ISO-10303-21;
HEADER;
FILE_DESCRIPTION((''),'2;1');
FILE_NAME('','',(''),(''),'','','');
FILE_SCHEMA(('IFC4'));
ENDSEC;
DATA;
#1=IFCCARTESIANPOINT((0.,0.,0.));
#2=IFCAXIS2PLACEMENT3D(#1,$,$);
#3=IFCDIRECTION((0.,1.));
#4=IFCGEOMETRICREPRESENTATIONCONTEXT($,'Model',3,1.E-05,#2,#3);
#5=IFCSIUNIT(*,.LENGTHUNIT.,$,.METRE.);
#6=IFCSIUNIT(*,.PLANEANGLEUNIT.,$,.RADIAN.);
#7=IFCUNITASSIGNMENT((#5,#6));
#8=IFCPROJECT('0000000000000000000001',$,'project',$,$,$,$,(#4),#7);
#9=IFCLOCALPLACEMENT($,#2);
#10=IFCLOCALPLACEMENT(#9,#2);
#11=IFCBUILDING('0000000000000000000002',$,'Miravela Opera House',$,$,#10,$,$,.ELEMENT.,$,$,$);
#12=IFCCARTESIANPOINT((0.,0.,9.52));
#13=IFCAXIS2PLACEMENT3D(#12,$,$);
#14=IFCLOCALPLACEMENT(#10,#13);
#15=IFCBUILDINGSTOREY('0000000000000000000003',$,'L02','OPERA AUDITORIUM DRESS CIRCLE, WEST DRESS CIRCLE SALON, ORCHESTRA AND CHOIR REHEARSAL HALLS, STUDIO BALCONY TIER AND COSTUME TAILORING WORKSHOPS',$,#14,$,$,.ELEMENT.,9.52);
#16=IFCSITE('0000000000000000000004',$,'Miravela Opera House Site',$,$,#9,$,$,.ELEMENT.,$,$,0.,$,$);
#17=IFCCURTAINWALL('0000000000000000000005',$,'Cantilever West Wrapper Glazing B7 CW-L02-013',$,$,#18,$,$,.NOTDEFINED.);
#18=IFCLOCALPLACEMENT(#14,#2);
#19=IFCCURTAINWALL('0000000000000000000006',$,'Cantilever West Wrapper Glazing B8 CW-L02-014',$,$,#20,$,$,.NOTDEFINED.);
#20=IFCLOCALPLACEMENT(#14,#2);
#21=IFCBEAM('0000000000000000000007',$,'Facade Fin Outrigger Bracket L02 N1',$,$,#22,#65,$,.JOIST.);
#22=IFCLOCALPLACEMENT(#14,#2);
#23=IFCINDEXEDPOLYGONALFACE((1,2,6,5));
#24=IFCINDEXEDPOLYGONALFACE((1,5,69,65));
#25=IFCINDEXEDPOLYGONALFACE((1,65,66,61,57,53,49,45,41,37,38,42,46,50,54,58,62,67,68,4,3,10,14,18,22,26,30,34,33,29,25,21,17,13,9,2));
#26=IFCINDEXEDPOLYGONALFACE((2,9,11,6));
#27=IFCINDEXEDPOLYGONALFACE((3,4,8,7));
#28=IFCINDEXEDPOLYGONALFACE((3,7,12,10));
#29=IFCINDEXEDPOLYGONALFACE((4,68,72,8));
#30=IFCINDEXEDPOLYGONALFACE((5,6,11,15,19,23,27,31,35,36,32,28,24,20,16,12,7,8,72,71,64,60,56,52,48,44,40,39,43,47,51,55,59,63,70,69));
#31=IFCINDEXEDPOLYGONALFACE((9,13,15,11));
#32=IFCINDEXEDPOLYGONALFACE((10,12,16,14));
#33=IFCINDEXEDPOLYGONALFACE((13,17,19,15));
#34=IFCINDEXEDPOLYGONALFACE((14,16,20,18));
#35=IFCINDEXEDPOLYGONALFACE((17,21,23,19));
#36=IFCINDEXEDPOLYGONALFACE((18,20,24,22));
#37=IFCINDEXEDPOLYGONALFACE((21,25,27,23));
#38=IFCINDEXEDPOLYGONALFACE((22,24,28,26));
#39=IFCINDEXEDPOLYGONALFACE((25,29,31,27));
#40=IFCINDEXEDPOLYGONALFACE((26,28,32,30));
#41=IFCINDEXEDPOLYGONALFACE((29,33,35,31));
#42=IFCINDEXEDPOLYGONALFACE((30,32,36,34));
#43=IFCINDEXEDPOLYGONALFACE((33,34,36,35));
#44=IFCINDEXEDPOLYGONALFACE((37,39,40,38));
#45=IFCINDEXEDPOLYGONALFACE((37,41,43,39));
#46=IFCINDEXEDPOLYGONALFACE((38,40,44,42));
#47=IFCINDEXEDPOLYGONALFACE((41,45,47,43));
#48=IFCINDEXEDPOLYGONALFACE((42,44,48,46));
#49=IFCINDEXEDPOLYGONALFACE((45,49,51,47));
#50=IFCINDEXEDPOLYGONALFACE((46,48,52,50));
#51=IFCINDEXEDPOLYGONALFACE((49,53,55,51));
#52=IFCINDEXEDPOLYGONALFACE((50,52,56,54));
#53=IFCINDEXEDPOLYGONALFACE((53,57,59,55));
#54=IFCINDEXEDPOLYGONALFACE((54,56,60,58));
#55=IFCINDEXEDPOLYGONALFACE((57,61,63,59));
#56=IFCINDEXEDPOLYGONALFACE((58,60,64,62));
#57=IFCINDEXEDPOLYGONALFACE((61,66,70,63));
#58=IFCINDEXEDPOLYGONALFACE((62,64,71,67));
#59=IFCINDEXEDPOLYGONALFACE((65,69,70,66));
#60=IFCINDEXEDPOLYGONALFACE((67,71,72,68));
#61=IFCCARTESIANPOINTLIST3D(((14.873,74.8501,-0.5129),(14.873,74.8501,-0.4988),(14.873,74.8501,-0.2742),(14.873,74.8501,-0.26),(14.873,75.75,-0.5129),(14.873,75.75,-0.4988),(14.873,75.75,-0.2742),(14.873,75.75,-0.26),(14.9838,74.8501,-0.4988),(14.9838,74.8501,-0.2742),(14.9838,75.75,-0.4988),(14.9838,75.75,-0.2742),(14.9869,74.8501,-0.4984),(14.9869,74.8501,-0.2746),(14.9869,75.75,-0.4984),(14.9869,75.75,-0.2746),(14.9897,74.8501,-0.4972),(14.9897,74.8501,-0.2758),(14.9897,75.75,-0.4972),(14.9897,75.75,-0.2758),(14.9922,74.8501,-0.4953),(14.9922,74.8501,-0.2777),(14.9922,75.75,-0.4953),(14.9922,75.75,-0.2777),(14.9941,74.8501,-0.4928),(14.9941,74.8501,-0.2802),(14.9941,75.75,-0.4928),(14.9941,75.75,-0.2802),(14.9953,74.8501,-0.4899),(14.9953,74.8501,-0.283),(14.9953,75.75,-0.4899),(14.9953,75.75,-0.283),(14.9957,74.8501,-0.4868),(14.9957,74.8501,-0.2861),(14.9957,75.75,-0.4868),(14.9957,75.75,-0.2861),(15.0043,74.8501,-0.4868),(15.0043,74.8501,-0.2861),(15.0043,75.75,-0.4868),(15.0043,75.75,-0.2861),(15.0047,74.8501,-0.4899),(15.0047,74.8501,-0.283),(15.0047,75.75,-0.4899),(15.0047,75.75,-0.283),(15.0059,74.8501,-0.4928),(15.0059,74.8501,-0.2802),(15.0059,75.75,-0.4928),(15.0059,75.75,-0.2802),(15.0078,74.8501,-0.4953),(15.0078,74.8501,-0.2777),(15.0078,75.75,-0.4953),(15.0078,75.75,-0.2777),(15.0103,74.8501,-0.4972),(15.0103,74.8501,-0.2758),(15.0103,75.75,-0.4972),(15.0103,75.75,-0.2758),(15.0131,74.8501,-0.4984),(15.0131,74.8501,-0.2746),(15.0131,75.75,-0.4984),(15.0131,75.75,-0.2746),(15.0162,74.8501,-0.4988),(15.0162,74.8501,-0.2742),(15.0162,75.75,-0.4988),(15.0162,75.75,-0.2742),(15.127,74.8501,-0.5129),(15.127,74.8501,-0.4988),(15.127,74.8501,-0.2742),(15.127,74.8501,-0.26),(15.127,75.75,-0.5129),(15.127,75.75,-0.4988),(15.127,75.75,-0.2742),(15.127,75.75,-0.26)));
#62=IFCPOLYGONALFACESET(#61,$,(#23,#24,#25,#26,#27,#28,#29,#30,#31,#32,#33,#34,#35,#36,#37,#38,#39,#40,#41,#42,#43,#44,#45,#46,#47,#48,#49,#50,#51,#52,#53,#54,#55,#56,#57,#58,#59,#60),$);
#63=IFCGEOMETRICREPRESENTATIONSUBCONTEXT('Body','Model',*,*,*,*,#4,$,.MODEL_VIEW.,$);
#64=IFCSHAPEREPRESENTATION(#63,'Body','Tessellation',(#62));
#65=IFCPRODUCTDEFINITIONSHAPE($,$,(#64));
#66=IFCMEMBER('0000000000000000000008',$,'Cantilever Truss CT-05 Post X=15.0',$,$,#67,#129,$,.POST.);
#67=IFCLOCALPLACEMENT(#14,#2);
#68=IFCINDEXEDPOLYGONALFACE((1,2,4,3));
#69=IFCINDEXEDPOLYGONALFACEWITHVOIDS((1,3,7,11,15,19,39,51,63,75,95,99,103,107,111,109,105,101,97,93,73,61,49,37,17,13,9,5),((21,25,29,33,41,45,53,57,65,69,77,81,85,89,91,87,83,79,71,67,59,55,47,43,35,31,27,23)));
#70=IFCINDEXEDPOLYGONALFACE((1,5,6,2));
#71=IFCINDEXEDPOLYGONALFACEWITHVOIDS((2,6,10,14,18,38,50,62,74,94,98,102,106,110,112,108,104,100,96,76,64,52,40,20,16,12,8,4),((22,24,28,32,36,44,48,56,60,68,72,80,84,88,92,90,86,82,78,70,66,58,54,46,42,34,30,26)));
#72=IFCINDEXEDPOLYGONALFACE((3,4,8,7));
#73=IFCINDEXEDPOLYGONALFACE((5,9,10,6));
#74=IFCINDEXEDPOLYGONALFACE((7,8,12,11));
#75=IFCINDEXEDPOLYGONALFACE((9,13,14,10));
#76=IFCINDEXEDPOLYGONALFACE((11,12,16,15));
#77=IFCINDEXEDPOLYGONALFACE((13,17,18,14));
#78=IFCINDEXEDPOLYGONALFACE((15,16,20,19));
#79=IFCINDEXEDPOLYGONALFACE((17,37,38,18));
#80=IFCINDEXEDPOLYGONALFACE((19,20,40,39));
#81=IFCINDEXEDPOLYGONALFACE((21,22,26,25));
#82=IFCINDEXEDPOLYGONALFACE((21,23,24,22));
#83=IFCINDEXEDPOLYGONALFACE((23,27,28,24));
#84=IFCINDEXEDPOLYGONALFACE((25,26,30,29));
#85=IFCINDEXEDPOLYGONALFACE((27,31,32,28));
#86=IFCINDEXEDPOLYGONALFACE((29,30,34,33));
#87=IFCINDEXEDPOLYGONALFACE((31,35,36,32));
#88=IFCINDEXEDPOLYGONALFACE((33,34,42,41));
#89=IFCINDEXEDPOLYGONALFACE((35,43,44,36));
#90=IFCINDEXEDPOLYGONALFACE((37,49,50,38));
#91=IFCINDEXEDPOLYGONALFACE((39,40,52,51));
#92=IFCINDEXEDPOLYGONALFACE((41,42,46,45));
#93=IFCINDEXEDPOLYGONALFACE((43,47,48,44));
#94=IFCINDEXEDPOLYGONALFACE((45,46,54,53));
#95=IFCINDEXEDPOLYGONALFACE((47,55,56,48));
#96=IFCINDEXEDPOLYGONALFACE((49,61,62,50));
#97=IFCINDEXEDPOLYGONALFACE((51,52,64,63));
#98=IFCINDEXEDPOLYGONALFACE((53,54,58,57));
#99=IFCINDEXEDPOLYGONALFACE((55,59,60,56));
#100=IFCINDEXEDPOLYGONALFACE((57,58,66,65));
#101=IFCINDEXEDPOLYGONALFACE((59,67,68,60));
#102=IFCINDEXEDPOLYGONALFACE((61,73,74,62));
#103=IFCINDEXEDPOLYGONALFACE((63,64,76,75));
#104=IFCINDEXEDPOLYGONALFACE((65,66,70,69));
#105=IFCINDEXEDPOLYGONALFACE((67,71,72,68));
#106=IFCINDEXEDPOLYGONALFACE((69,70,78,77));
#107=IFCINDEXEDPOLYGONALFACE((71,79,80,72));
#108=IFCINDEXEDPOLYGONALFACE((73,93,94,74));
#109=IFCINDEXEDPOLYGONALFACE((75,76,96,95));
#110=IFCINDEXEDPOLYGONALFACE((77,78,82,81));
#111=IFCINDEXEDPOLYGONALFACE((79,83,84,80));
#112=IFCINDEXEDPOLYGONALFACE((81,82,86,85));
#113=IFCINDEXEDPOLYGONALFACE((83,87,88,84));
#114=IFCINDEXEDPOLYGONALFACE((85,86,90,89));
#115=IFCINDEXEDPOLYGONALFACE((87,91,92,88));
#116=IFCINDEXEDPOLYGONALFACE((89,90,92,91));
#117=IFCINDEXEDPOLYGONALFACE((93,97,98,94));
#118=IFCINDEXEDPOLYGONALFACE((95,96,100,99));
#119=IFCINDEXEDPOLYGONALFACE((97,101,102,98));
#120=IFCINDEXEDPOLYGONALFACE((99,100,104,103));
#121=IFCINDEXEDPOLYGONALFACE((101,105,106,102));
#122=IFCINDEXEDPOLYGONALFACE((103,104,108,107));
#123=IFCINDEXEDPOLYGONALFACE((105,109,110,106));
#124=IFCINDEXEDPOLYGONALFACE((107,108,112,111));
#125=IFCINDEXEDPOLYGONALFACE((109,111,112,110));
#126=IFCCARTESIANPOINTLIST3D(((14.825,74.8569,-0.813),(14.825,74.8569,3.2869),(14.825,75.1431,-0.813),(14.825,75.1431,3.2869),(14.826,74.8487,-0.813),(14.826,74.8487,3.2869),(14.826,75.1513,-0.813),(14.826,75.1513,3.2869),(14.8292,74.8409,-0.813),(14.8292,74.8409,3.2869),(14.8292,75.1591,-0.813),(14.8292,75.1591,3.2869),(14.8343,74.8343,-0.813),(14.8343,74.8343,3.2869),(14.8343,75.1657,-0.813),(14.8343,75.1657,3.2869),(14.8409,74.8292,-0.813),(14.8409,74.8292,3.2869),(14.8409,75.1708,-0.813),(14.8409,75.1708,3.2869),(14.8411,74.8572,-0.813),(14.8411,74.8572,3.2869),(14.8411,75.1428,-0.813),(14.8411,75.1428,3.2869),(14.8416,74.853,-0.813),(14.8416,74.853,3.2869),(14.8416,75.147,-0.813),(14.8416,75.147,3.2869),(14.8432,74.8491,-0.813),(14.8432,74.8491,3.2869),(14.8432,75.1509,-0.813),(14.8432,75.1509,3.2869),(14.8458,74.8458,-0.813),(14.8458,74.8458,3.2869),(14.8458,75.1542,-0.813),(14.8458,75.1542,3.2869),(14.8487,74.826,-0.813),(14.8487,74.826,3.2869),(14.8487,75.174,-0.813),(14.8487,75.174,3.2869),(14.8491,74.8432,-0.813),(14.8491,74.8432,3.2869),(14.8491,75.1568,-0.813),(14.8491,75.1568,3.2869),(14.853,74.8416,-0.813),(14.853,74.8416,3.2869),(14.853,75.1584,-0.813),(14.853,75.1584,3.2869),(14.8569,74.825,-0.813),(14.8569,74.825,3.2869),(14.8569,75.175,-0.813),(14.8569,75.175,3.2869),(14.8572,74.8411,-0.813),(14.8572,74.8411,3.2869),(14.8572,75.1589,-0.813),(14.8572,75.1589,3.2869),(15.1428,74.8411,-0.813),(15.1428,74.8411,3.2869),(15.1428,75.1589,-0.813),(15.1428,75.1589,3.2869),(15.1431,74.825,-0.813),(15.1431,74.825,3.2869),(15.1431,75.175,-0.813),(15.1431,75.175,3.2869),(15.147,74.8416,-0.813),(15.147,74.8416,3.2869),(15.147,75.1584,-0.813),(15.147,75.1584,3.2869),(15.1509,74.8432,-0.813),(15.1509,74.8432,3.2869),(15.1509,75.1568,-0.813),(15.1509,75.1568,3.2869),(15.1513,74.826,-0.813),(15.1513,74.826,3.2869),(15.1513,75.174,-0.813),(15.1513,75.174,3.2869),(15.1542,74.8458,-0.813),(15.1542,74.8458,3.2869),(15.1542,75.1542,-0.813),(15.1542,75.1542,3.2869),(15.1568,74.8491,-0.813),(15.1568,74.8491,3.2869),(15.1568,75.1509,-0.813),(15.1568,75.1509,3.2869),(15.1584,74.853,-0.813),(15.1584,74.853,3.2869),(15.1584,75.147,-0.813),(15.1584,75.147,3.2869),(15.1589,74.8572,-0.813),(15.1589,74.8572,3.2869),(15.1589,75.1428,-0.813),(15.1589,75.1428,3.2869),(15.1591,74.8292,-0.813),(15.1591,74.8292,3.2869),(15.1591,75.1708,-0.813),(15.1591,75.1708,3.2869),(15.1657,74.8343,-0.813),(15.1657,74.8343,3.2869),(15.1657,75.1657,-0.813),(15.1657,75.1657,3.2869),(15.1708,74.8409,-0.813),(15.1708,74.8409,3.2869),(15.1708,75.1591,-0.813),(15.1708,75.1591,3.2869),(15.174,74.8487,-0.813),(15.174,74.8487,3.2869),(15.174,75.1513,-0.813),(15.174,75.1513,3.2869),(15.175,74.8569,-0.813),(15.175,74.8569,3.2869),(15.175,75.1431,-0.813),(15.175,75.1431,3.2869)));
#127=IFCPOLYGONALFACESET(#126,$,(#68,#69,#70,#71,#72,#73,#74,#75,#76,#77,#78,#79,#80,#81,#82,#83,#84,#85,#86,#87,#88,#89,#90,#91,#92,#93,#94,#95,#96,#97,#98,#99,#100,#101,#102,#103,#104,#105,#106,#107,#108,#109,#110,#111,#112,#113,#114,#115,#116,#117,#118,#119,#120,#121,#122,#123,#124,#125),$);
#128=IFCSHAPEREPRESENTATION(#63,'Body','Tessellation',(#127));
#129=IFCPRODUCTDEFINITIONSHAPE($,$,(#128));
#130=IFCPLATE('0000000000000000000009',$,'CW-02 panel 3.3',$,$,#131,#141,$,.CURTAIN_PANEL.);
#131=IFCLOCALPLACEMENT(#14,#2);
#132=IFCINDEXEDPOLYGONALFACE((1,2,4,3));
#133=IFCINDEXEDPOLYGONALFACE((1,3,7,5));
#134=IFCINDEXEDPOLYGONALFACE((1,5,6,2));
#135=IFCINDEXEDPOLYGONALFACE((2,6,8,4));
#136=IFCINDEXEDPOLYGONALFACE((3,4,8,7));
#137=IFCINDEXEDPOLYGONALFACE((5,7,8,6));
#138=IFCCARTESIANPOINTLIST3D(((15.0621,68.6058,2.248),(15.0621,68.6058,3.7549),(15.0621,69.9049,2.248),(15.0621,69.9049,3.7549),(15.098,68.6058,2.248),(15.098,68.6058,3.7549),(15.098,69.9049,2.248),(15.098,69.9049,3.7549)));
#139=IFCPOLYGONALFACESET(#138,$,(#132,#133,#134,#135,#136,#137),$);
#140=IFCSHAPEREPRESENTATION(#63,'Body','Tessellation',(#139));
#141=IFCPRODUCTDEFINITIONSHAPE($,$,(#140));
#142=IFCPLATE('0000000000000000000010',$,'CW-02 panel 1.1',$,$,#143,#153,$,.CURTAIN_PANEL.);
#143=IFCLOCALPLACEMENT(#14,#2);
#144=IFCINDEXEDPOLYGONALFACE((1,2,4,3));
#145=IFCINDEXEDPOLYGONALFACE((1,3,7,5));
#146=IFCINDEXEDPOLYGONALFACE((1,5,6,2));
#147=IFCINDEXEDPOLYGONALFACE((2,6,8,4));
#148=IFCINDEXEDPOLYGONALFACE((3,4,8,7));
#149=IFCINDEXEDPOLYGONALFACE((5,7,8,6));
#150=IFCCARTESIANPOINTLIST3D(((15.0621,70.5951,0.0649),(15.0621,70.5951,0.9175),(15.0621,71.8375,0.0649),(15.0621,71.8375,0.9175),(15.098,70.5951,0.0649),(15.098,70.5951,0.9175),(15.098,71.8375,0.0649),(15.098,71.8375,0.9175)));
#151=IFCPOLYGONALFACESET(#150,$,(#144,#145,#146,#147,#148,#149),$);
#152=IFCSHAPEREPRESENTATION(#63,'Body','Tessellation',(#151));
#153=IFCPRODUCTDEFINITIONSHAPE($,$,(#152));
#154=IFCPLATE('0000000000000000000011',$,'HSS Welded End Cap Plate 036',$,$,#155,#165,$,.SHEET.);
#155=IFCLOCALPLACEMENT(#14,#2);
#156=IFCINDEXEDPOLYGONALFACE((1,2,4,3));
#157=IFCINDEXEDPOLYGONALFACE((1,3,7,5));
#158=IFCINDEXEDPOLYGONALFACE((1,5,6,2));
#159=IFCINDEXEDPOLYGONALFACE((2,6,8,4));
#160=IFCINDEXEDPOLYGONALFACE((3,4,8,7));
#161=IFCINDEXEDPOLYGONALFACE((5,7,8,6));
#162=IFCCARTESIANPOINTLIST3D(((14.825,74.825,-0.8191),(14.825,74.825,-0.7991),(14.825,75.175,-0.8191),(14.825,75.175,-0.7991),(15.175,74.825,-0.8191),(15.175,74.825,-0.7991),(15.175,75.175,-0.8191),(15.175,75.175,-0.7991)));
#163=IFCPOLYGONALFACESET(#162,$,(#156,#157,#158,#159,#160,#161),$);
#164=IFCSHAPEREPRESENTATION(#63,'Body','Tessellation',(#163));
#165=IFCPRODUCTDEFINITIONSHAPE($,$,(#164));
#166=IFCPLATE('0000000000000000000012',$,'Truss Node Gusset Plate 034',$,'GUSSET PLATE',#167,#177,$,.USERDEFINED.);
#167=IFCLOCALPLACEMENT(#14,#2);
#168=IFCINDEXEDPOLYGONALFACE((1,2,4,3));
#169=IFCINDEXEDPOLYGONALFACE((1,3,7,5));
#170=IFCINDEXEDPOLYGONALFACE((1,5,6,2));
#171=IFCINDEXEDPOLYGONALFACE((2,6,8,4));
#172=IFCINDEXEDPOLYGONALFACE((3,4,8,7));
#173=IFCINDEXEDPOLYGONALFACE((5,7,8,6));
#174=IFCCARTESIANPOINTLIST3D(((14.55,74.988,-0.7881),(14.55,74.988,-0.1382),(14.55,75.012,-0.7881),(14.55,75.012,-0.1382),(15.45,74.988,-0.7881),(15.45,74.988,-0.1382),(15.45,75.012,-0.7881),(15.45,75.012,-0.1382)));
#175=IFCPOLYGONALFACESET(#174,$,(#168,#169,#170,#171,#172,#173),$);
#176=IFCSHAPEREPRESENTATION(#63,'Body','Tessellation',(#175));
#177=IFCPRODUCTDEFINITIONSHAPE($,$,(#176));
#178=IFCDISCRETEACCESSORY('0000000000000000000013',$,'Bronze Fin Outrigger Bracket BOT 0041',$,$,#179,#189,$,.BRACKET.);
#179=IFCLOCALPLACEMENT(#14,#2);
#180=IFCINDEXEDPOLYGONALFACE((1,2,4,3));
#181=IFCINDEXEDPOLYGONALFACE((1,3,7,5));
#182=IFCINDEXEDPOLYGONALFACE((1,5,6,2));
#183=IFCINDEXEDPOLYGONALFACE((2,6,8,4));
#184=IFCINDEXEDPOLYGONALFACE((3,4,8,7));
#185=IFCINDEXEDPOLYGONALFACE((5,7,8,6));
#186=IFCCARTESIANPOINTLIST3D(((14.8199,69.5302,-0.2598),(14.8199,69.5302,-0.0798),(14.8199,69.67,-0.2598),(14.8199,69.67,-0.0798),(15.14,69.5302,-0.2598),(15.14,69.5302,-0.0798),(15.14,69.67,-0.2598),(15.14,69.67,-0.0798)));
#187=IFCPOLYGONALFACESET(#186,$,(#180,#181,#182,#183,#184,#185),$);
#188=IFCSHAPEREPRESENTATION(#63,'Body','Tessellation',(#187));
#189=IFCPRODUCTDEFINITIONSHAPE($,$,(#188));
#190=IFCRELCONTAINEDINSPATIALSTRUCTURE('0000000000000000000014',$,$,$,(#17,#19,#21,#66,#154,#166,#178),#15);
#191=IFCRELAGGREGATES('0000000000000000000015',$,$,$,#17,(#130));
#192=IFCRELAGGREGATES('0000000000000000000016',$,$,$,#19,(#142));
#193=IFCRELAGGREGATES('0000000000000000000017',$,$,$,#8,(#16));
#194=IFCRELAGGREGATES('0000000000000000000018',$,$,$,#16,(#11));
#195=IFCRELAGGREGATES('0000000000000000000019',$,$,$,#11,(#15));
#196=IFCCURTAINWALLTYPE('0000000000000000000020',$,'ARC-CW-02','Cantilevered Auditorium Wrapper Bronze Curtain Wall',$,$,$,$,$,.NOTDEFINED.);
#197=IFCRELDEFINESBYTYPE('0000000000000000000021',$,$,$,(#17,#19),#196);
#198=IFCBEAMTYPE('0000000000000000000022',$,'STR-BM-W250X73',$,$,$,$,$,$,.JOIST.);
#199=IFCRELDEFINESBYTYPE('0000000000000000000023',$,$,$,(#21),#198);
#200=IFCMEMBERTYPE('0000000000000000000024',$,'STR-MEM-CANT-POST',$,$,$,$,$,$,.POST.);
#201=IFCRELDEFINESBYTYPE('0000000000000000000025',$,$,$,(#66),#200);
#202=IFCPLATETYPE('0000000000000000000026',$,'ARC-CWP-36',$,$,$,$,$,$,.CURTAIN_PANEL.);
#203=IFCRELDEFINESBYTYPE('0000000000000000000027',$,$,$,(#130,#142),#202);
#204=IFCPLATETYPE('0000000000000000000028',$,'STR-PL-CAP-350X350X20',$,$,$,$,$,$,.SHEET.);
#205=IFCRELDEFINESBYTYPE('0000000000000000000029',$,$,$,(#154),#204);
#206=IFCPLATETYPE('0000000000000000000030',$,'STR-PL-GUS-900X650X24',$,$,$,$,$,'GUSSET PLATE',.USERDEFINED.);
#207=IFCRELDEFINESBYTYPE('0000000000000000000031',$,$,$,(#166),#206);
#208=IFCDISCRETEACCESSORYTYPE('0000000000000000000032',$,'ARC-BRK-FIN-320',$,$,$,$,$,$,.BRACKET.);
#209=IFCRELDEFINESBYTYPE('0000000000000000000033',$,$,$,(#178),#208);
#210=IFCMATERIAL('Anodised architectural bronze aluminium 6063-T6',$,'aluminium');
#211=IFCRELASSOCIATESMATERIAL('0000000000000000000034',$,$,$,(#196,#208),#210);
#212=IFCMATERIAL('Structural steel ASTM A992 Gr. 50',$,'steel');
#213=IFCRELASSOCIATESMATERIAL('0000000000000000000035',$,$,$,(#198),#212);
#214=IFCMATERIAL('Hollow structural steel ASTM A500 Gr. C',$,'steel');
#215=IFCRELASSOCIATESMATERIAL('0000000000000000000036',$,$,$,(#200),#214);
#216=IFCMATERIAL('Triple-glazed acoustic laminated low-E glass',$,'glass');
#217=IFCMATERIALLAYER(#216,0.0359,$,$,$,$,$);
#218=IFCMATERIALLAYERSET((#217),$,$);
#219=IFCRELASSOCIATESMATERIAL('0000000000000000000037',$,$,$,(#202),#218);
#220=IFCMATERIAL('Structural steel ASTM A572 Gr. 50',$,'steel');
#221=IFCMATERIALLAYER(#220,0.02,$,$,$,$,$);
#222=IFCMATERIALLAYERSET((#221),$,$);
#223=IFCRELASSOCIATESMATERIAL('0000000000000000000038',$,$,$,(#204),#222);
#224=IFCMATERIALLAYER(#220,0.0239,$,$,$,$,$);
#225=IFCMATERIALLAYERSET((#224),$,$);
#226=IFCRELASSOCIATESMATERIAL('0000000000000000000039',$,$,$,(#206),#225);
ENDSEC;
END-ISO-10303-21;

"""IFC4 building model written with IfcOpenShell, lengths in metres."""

from ifc_helpers import new_model, si_unit, direction, frame, origin, origin_2d, place, context, subcontext, project, spatial, rectangle, hollow_rectangle, i_section, extrude, material, layer, layer_set, material_profile, profile_set, type_object, element, aggregate, save


model = new_model("IFC4")

# Units and contexts
model_context = context("Model", 3, precision=1e-05, world=origin(), true_north=direction((0.0, 1.0)))
body_context = subcontext(model_context, "Body", "Model", "MODEL_VIEW")
ifc_project = project(units=[si_unit("LENGTHUNIT", "METRE"), si_unit("PLANEANGLEUNIT", "RADIAN")], contexts=[model_context])

# Site, building, storey
site_placement = place(None, origin())
site = spatial("IfcSite", under=ifc_project, at=site_placement, Name="Miravela Opera House Site", CompositionType="ELEMENT", RefElevation=0.0)
building_placement = place(site_placement, origin())
building = spatial("IfcBuilding", under=site, at=building_placement, Name="Miravela Opera House", CompositionType="ELEMENT")
storey_placement = place(building_placement, frame((0.0, 0.0, 9.52)))
storey = spatial("IfcBuildingStorey", under=building, at=storey_placement, Name="L02", Description="OPERA AUDITORIUM DRESS CIRCLE, WEST DRESS CIRCLE SALON, ORCHESTRA AND CHOIR REHEARSAL HALLS, STUDIO BALCONY TIER AND COSTUME TAILORING WORKSHOPS", CompositionType="ELEMENT", Elevation=9.52)

# Curtain wall
ifc_material_1 = material(Name="Anodised architectural bronze aluminium 6063-T6", Category="aluminium")
curtain_wall_type = type_object("IfcCurtainWallType", Name="ARC-CW-02", Description="Cantilevered Auditorium Wrapper Bronze Curtain Wall", PredefinedType="NOTDEFINED", material=ifc_material_1)
curtain_wall_1_placement = place(storey_placement, origin())
curtain_wall_1 = element("IfcCurtainWall", 1, at=curtain_wall_1_placement, inside=storey, type_object=curtain_wall_type, Name="Cantilever West Wrapper Glazing B7 CW-L02-013", PredefinedType="NOTDEFINED")

# Curtain wall
curtain_wall_2_placement = place(storey_placement, origin())
curtain_wall_2 = element("IfcCurtainWall", 2, at=curtain_wall_2_placement, inside=storey, type_object=curtain_wall_type, Name="Cantilever West Wrapper Glazing B8 CW-L02-014", PredefinedType="NOTDEFINED")

# Beam
ifc_material_2 = material(Name="Structural steel ASTM A992 Gr. 50", Category="steel")
ifc_material_profile_1 = material_profile(ifc_material_2, i_section(OverallWidth=0.2539, OverallDepth=0.2529, WebThickness=0.0085, FlangeThickness=0.0142, FilletRadius=0.012, at=origin_2d()), Name="W250X73")
ifc_profile_set_1 = profile_set([ifc_material_profile_1])
beam_type = type_object("IfcBeamType", Name="STR-BM-W250X73", PredefinedType="JOIST", material=ifc_profile_set_1)
beam_placement = place(storey_placement, frame((15.0, 74.8501, -0.3865), z_axis=(0.0, 1.0, 0.0), x_axis=(-1.0, 0.0, 0.0)))
element("IfcBeam", 3, at=beam_placement, inside=storey, type_object=beam_type, Name="Facade Fin Outrigger Bracket L02 N1", PredefinedType="JOIST", context=body_context, shape_type="SweptSolid", body=[
    extrude(i_section(OverallWidth=0.2539, OverallDepth=0.2529, WebThickness=0.0085, FlangeThickness=0.0142, FilletRadius=0.012, at=origin_2d()), origin(), (0.0, 0.0, 1.0), 0.8999),
])

# Member
ifc_material_3 = material(Name="Hollow structural steel ASTM A500 Gr. C", Category="steel")
ifc_material_profile_2 = material_profile(ifc_material_3, hollow_rectangle(XDim=0.3501, YDim=0.3501, WallThickness=0.0161, InnerFilletRadius=0.0161, OuterFilletRadius=0.032, at=origin_2d()), Name="HSS350X350X16")
ifc_profile_set_2 = profile_set([ifc_material_profile_2])
member_type_1 = type_object("IfcMemberType", Name="STR-MEM-CANT-POST", PredefinedType="POST", material=ifc_profile_set_2)
member_1_placement = place(storey_placement, frame((15.0, 75.0, -0.813), z_axis=(0.0, 0.0, 1.0), x_axis=(1.0, 0.0, 0.0)))
element("IfcMember", 4, at=member_1_placement, inside=storey, type_object=member_type_1, Name="Cantilever Truss CT-05 Post X=15.0", PredefinedType="POST", context=body_context, shape_type="SweptSolid", body=[
    extrude(hollow_rectangle(XDim=0.3501, YDim=0.3501, WallThickness=0.0161, InnerFilletRadius=0.0161, OuterFilletRadius=0.032, at=origin_2d()), origin(), (0.0, 0.0, 1.0), 4.0999),
])

# Plates
ifc_material_4 = material(Name="Triple-glazed acoustic laminated low-E glass", Category="glass")
ifc_layer_1 = layer(ifc_material_4, 0.0359)
ifc_layer_set_1 = layer_set([ifc_layer_1])
plate_type_1 = type_object("IfcPlateType", Name="ARC-CWP-36", PredefinedType="CURTAIN_PANEL", material=ifc_layer_set_1)
plate_1_placement = place(storey_placement, frame((15.0801, 69.2554, 2.248), z_axis=(0.0, 0.0, 1.0), x_axis=(0.0, 1.0, 0.0)))
plate_1 = element("IfcPlate", 5, at=plate_1_placement, type_object=plate_type_1, Name="CW-02 panel 3.3", PredefinedType="CURTAIN_PANEL", context=body_context, shape_type="SweptSolid", body=[
    extrude(rectangle(XDim=1.2991, YDim=0.0359, at=origin_2d()), origin(), (0.0, 0.0, 1.0), 1.5068),
])
aggregate(curtain_wall_1, [plate_1])
plate_2_placement = place(storey_placement, frame((15.0801, 71.2163, 0.0649), z_axis=(0.0, 0.0, 1.0), x_axis=(0.0, 1.0, 0.0)))
plate_2 = element("IfcPlate", 6, at=plate_2_placement, type_object=plate_type_1, Name="CW-02 panel 1.1", PredefinedType="CURTAIN_PANEL", context=body_context, shape_type="SweptSolid", body=[
    extrude(rectangle(XDim=1.2424, YDim=0.0359, at=origin_2d()), origin(), (0.0, 0.0, 1.0), 0.8525),
])
aggregate(curtain_wall_2, [plate_2])

# Plates
ifc_material_5 = material(Name="Structural steel ASTM A572 Gr. 50", Category="steel")
ifc_layer_2 = layer(ifc_material_5, 0.02)
ifc_layer_set_2 = layer_set([ifc_layer_2])
plate_type_2 = type_object("IfcPlateType", Name="STR-PL-CAP-350X350X20", PredefinedType="SHEET", material=ifc_layer_set_2)
plate_3_placement = place(storey_placement, frame((15.0, 75.0, -0.8191), z_axis=(0.0, 0.0, 1.0), x_axis=(1.0, 0.0, 0.0)))
element("IfcPlate", 7, at=plate_3_placement, inside=storey, type_object=plate_type_2, Name="HSS Welded End Cap Plate 036", PredefinedType="SHEET", context=body_context, shape_type="SweptSolid", body=[
    extrude(rectangle(XDim=0.3501, YDim=0.3501, at=origin_2d()), origin(), (0.0, 0.0, 1.0), 0.02),
])
ifc_layer_3 = layer(ifc_material_5, 0.0239)
ifc_layer_set_3 = layer_set([ifc_layer_3])
plate_type_3 = type_object("IfcPlateType", Name="STR-PL-GUS-900X650X24", ElementType="GUSSET PLATE", PredefinedType="USERDEFINED", material=ifc_layer_set_3)
plate_4_placement = place(storey_placement, frame((15.0, 75.0, -0.7881), z_axis=(0.0, 0.0, 1.0), x_axis=(1.0, 0.0, 0.0)))
element("IfcPlate", 8, at=plate_4_placement, inside=storey, type_object=plate_type_3, Name="Truss Node Gusset Plate 034", ObjectType="GUSSET PLATE", PredefinedType="USERDEFINED", context=body_context, shape_type="SweptSolid", body=[
    extrude(rectangle(XDim=0.8999, YDim=0.0239, at=origin_2d()), origin(), (0.0, 0.0, 1.0), 0.6499),
])

# Discrete accessory
discrete_accessory_type = type_object("IfcDiscreteAccessoryType", Name="ARC-BRK-FIN-320", PredefinedType="BRACKET", material=ifc_material_1)
for number, where, z_axis, x_axis, name in (
    (9, (14.98, 69.6001, -0.2598), (0.0, 0.0, 1.0), (1.0, 0.0, 0.0), "Bronze Fin Outrigger Bracket BOT 0041"),
):
    element("IfcDiscreteAccessory", number, at=place(storey_placement, frame(where, z_axis=z_axis, x_axis=x_axis)), inside=storey, type_object=discrete_accessory_type, Name=name, PredefinedType="BRACKET", context=body_context, shape_type="SweptSolid", body=[
        extrude(rectangle(XDim=0.3201, YDim=0.1399, at=origin_2d()), origin(), (0.0, 0.0, 1.0), 0.1799),
    ])

save(model, "model.ifc")
